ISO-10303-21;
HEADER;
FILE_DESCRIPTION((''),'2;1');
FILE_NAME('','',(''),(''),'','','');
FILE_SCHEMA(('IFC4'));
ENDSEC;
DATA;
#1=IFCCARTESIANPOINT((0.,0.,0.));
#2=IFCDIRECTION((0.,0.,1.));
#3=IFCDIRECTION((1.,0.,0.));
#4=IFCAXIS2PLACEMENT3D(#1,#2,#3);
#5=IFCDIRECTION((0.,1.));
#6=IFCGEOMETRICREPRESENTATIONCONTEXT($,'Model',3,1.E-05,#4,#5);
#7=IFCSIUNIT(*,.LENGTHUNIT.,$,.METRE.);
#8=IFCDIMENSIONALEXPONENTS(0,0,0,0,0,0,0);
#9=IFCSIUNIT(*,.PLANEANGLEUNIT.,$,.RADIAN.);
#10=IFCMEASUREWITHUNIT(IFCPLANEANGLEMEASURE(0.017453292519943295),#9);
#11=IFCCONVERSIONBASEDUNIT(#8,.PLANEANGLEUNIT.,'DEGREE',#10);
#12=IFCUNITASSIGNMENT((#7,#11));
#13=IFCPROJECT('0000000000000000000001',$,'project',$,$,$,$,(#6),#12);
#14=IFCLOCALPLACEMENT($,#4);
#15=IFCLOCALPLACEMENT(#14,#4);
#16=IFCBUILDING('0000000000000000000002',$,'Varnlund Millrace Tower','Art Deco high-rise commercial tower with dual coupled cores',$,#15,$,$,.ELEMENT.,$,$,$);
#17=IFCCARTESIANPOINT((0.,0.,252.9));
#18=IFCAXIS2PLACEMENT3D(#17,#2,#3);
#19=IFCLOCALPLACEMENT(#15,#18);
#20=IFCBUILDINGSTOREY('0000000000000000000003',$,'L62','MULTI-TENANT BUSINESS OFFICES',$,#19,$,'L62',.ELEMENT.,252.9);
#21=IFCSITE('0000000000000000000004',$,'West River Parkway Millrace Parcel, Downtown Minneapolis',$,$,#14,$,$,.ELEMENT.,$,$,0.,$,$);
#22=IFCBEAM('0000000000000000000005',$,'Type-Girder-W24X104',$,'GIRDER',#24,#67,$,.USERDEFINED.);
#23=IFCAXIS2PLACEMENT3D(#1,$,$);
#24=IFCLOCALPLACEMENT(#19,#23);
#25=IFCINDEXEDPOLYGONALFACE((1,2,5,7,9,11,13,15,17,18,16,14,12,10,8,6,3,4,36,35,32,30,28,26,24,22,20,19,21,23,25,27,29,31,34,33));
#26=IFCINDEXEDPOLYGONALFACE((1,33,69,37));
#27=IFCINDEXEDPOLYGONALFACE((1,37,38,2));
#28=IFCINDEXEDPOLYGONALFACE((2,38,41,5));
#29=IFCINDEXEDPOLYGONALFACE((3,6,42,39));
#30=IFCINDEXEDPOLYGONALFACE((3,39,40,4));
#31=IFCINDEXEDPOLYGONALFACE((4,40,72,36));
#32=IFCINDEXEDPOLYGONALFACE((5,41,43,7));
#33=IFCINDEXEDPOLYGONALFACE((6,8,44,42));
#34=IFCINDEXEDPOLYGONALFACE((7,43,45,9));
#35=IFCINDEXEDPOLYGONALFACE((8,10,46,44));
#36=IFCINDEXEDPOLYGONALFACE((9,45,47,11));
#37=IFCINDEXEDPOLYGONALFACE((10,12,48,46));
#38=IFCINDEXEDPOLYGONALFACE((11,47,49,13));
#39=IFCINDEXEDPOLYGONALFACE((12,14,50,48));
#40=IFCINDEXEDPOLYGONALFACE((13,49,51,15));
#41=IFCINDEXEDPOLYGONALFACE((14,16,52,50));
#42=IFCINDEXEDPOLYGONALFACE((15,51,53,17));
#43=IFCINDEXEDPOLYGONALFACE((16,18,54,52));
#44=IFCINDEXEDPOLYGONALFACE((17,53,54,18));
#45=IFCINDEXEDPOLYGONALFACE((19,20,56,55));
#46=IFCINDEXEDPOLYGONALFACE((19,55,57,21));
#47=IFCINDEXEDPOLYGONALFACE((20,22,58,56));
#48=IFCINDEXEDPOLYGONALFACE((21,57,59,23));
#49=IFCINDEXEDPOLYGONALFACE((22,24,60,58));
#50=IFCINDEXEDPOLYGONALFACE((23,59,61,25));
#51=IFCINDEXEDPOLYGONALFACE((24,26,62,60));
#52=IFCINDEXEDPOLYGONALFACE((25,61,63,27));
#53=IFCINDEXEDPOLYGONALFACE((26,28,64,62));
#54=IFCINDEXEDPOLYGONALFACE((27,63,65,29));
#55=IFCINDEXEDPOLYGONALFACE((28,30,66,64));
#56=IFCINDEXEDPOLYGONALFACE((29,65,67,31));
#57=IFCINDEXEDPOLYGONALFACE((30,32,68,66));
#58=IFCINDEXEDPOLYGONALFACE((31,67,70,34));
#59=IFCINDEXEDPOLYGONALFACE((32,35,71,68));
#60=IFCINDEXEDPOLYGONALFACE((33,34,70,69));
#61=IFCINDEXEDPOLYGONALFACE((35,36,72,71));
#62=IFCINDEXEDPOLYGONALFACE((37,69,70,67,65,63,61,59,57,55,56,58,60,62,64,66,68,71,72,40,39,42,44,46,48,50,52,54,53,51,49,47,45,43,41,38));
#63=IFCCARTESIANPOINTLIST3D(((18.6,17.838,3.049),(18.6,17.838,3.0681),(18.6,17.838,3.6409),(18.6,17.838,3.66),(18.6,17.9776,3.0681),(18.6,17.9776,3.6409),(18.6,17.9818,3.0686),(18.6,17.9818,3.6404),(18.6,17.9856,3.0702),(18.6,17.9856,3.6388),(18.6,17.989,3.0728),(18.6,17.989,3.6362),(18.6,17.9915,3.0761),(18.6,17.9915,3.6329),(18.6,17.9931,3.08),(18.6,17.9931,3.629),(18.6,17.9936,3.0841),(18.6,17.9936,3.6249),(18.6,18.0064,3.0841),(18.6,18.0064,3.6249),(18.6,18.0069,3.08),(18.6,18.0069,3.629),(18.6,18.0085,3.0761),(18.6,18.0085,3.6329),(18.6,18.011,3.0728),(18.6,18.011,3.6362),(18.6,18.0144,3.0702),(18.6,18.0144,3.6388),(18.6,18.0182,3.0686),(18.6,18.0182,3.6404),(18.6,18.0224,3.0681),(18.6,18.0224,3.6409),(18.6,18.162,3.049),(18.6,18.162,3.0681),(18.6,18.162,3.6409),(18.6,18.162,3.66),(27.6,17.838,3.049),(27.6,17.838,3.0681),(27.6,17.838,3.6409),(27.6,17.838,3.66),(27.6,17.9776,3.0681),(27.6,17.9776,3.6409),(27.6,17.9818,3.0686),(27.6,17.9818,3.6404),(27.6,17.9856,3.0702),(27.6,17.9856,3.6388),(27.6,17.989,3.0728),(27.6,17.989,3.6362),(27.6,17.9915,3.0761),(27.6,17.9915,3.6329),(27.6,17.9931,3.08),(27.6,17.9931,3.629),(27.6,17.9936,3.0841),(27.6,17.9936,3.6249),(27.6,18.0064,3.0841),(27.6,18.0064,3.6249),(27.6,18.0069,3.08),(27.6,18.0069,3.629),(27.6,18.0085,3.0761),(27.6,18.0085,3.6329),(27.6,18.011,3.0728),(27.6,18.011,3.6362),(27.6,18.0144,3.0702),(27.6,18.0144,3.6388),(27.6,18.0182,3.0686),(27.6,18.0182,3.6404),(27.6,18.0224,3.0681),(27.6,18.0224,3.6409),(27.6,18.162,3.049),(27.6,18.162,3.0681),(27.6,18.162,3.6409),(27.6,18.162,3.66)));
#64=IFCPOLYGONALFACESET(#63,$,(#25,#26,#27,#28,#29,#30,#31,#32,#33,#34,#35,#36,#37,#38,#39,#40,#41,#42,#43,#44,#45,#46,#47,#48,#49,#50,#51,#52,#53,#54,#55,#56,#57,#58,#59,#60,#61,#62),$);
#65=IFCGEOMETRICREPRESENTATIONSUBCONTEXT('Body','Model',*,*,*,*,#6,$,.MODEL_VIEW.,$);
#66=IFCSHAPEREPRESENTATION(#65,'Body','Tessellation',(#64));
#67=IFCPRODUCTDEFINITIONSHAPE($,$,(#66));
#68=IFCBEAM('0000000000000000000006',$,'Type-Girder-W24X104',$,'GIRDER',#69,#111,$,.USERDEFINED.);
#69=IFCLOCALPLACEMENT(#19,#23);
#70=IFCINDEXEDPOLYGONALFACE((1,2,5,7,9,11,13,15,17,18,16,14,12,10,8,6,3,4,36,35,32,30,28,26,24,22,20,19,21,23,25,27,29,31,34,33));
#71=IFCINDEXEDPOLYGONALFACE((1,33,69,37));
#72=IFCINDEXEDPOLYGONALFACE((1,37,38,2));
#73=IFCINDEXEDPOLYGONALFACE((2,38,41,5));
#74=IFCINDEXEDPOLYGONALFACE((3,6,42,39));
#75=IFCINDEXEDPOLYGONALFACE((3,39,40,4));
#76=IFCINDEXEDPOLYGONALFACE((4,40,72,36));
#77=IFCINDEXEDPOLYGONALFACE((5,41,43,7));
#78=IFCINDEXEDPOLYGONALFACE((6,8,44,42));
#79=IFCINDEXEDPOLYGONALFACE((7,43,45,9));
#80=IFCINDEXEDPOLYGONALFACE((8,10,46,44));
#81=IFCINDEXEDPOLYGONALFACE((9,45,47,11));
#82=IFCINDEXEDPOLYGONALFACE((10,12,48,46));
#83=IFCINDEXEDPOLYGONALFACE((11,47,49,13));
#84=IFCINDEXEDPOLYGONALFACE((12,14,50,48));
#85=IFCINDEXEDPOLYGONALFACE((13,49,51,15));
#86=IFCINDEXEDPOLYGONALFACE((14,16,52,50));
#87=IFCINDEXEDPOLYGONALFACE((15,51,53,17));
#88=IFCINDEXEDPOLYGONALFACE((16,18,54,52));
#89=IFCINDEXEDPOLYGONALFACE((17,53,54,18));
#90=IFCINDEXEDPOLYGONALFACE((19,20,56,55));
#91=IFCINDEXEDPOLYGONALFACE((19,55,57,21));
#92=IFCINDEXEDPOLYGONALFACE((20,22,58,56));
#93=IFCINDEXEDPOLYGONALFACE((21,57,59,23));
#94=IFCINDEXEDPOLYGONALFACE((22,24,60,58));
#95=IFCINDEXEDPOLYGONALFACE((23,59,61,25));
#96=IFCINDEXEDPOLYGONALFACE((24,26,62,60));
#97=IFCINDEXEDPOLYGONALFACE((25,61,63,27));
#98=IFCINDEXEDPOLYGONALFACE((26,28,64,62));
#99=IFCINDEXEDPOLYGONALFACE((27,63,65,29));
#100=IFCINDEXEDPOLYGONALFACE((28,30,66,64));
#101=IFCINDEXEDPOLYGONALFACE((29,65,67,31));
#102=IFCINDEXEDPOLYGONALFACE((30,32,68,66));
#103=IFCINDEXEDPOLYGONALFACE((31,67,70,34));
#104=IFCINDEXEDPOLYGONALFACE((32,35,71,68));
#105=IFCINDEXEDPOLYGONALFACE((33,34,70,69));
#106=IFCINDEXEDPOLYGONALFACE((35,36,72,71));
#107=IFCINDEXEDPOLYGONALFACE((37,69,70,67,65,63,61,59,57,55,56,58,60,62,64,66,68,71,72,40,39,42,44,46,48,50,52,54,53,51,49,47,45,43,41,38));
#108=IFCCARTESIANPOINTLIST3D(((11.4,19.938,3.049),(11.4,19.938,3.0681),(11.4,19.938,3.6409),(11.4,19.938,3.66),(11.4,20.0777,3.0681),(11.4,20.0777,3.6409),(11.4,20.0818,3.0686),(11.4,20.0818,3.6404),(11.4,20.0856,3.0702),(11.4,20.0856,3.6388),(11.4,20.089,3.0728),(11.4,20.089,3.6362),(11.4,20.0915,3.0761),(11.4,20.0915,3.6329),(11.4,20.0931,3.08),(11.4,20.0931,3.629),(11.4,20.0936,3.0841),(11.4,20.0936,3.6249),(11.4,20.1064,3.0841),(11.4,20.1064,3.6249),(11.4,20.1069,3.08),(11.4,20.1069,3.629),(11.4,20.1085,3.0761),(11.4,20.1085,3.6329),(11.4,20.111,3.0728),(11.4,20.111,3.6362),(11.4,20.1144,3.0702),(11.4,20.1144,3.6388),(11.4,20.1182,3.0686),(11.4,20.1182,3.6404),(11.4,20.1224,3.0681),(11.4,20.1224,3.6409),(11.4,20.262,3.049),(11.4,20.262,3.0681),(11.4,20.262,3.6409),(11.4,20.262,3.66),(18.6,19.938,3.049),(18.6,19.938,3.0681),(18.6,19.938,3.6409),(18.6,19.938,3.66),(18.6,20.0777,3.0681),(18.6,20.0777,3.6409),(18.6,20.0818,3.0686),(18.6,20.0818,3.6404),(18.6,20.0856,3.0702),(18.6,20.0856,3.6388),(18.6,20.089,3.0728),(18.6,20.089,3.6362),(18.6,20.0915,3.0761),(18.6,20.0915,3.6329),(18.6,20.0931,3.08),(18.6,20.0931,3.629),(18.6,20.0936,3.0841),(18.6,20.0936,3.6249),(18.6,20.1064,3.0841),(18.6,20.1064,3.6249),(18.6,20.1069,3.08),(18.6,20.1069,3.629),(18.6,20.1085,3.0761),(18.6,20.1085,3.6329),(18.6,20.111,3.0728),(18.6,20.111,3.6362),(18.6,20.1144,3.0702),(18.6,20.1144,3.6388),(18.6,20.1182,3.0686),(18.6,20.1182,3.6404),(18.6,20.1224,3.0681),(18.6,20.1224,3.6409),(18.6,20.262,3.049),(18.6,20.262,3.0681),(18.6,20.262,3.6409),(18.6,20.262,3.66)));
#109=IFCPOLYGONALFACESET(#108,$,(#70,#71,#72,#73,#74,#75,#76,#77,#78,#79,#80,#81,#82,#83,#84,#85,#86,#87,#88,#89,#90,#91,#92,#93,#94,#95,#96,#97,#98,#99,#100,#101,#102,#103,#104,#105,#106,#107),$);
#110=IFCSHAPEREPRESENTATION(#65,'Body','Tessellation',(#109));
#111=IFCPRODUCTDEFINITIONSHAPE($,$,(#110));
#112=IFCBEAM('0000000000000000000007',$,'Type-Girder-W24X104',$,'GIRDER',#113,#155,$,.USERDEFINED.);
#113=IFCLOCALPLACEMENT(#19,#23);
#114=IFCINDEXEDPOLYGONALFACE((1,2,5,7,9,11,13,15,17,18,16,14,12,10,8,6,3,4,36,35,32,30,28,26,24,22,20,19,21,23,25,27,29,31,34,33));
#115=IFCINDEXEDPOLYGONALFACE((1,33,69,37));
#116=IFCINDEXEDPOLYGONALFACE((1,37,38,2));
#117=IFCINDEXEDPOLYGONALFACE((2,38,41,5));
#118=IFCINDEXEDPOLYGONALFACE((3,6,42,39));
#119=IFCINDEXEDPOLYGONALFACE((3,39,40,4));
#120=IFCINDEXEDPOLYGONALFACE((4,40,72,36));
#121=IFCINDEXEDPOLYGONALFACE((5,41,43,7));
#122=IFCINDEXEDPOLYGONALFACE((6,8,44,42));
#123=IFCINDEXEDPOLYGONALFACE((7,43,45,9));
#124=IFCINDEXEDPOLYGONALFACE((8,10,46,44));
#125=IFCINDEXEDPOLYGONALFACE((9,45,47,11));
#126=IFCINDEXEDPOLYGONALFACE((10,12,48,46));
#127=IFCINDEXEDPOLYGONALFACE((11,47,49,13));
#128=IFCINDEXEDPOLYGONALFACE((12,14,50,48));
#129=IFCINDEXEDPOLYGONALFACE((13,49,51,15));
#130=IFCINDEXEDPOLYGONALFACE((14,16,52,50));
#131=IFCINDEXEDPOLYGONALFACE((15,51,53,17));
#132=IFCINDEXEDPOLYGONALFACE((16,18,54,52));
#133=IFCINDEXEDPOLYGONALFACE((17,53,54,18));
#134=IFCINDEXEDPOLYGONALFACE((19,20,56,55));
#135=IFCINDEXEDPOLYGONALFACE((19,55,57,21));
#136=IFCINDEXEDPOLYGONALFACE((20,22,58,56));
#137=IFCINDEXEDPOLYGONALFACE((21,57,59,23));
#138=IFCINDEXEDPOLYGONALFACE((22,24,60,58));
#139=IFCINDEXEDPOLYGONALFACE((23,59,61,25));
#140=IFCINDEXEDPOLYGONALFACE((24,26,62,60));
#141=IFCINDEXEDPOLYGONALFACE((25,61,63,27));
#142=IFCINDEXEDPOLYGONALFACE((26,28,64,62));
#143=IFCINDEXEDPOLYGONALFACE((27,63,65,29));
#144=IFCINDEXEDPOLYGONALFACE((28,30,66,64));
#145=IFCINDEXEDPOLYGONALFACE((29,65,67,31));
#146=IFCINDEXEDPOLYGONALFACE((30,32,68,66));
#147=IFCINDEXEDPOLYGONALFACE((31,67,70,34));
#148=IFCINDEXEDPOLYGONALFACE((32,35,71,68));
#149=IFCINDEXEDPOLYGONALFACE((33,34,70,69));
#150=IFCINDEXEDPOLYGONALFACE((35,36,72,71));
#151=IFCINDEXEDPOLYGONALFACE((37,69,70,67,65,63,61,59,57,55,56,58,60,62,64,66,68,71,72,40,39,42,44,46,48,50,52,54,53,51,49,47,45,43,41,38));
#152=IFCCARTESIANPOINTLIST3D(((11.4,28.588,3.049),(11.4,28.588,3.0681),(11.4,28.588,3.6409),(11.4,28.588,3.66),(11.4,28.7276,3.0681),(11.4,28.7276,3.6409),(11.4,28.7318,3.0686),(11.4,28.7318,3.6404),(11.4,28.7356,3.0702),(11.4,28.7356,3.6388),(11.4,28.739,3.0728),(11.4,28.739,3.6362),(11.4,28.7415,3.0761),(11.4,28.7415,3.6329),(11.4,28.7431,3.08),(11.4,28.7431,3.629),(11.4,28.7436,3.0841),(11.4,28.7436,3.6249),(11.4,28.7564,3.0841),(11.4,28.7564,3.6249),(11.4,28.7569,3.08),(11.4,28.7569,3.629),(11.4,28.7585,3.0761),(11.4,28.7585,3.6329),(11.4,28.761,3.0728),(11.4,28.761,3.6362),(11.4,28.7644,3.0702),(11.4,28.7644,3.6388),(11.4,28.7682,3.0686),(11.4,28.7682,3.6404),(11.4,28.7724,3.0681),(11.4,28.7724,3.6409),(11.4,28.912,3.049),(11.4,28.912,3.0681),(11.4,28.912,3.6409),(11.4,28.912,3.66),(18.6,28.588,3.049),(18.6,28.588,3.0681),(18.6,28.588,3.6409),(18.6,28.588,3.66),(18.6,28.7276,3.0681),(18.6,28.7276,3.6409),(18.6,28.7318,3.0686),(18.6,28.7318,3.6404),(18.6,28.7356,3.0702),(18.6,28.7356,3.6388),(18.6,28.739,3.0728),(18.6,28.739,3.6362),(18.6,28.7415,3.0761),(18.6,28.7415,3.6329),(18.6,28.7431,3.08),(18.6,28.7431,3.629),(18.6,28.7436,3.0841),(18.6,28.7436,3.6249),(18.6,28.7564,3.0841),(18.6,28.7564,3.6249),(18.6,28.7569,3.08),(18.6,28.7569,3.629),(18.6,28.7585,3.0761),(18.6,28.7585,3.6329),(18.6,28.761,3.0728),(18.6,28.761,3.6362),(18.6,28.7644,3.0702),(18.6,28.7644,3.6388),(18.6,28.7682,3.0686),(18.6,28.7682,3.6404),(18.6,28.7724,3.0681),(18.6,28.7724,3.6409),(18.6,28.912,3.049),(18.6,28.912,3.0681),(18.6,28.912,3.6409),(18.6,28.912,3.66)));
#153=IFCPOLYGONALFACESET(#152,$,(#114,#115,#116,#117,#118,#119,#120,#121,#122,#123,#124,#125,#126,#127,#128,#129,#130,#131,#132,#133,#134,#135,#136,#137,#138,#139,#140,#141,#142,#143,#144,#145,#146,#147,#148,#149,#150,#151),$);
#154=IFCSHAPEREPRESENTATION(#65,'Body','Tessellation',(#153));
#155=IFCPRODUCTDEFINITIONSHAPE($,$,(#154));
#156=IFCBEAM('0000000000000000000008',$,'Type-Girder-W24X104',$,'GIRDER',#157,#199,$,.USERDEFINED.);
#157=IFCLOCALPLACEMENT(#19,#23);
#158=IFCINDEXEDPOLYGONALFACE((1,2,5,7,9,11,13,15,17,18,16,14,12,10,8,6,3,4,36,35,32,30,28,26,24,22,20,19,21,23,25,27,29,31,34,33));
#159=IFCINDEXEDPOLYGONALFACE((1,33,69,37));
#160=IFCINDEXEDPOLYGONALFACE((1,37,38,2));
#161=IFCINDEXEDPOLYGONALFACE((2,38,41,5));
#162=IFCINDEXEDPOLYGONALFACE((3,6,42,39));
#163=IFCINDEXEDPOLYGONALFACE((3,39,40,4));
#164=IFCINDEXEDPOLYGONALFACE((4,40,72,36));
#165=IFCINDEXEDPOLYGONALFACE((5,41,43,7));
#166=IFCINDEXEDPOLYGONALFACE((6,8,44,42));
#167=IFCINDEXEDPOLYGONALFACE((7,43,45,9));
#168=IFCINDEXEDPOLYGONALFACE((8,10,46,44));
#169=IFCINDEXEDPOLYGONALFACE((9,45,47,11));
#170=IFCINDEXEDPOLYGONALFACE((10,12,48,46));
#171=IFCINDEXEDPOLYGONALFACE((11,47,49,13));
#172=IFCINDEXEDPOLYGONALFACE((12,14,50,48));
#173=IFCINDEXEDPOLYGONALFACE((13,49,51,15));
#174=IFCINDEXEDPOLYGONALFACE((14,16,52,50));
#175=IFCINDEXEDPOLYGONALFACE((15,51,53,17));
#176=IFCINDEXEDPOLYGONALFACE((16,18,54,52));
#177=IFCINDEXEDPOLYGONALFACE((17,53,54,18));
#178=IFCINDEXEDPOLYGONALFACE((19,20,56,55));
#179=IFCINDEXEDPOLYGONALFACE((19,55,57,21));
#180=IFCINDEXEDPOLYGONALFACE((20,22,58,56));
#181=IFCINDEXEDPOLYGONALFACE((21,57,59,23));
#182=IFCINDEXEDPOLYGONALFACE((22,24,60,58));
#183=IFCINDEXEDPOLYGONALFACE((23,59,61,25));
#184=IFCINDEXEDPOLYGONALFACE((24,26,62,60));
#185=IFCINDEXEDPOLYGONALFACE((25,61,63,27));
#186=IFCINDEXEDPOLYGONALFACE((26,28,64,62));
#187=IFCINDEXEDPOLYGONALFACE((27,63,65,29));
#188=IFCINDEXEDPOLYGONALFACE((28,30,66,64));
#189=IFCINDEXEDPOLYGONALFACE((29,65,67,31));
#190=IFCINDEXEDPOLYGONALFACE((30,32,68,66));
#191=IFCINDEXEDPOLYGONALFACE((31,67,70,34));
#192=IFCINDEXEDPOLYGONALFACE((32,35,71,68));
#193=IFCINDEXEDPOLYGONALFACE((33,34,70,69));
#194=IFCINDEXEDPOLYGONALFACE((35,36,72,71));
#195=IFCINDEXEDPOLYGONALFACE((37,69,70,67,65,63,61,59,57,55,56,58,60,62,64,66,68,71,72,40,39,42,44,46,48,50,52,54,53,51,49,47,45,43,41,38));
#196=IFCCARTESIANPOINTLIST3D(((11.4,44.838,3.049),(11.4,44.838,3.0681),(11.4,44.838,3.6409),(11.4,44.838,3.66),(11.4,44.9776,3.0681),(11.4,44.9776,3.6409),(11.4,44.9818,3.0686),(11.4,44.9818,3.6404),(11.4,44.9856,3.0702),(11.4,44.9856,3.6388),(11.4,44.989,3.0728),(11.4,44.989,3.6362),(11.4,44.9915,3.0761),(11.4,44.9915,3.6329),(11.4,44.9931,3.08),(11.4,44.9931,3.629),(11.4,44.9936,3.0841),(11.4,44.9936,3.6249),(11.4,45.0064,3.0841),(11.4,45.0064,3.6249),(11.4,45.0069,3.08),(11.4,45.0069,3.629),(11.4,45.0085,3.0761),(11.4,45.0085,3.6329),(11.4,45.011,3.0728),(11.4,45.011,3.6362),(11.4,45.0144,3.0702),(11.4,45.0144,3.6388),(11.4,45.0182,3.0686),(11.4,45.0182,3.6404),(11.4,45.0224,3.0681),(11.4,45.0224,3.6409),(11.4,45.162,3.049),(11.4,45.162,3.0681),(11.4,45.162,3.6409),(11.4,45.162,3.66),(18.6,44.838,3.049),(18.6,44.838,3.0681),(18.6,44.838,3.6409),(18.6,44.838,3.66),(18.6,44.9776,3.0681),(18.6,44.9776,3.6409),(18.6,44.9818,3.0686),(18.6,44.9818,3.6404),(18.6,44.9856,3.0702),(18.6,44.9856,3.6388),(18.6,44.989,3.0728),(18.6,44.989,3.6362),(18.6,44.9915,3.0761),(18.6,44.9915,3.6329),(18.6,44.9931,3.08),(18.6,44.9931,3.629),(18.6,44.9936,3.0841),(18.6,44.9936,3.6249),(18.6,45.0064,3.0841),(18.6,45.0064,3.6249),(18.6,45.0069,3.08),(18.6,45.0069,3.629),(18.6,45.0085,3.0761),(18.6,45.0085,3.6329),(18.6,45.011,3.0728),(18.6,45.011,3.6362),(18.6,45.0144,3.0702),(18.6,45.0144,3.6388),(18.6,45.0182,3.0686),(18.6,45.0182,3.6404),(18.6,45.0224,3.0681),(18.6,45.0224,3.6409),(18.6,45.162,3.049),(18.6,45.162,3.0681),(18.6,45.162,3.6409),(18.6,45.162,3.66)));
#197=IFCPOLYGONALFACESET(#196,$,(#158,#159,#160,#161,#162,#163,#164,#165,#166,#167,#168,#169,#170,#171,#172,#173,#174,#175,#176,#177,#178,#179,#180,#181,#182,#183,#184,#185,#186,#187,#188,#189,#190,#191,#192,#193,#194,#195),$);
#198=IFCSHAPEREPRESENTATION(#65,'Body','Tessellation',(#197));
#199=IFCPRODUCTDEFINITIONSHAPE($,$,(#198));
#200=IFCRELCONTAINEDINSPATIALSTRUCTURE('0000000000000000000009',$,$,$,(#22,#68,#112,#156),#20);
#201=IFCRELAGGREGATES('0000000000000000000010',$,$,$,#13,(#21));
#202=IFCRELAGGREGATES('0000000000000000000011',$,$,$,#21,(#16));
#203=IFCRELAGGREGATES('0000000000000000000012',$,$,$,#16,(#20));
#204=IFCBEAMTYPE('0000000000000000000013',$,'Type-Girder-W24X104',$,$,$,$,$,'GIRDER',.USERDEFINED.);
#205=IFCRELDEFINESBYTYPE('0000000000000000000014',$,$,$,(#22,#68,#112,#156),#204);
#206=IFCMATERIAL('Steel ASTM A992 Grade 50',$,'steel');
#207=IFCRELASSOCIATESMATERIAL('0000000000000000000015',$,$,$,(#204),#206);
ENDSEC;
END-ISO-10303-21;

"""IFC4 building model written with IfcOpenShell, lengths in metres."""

from ifc_helpers import new_model, entity, si_unit, converted_unit, direction, frame, origin_with_axes, origin_2d_with_axis, place, context, subcontext, project, spatial, i_section, extrude, material, material_profile, profile_set, type_object, element, save


model = new_model("IFC4")

# Units and contexts
model_context = context("Model", 3, precision=1e-05, world=origin_with_axes(), true_north=direction((0.0, 1.0)))
body_context = subcontext(model_context, "Body", "Model", "MODEL_VIEW")
ifc_project = project(units=[si_unit("LENGTHUNIT", "METRE"), converted_unit("PLANEANGLEUNIT", "DEGREE", entity("IfcPlaneAngleMeasure", 0.017453292519943295), si_unit("PLANEANGLEUNIT", "RADIAN"), dimensions=[0, 0, 0, 0, 0, 0, 0])], contexts=[model_context])

# Site, building, storey
site_placement = place(None, origin_with_axes())
site = spatial("IfcSite", under=ifc_project, at=site_placement, Name="West River Parkway Millrace Parcel, Downtown Minneapolis", CompositionType="ELEMENT", RefElevation=0.0)
building_placement = place(site_placement, origin_with_axes())
building = spatial("IfcBuilding", under=site, at=building_placement, Name="Varnlund Millrace Tower", Description="Art Deco high-rise commercial tower with dual coupled cores", CompositionType="ELEMENT")
storey_placement = place(building_placement, frame((0.0, 0.0, 252.9), z_axis=(0.0, 0.0, 1.0), x_axis=(1.0, 0.0, 0.0)))
storey = spatial("IfcBuildingStorey", under=building, at=storey_placement, Name="L62", Description="MULTI-TENANT BUSINESS OFFICES", LongName="L62", CompositionType="ELEMENT", Elevation=252.9)

# Beams
ifc_material_1 = material(Name="Steel ASTM A992 Grade 50", Category="steel")
ifc_material_profile_1 = material_profile(ifc_material_1, i_section(OverallWidth=0.324, OverallDepth=0.611, WebThickness=0.0127, FlangeThickness=0.0191, FilletRadius=0.016, at=origin_2d_with_axis()), Name="Steel ASTM A992 Grade 50")
ifc_profile_set_1 = profile_set([ifc_material_profile_1], Name="Steel ASTM A992 Grade 50")
beam_type_1 = type_object("IfcBeamType", Name="Type-Girder-W24X104", ElementType="GIRDER", PredefinedType="USERDEFINED", material=ifc_profile_set_1)
beam_1_placement = place(storey_placement, frame((18.6, 18.0, 3.3545), z_axis=(1.0, 0.0, 0.0), x_axis=(0.0, 1.0, 0.0)))
element("IfcBeam", 1, at=beam_1_placement, inside=storey, type_object=beam_type_1, Name="Type-Girder-W24X104", ObjectType="GIRDER", PredefinedType="USERDEFINED", context=body_context, shape_type="SweptSolid", body=[
    extrude(i_section(OverallWidth=0.324, OverallDepth=0.611, WebThickness=0.0127, FlangeThickness=0.0191, FilletRadius=0.016, at=origin_2d_with_axis()), origin_with_axes(), (0.0, 0.0, 1.0), 9.0),
])
for number, where, z_axis, x_axis, name in (
    (2, (11.4, 20.1, 3.3545), (1.0, 0.0, 0.0), (0.0, 1.0, 0.0), "Type-Girder-W24X104"),
    (3, (11.4, 28.75, 3.3545), (1.0, 0.0, 0.0), (0.0, 1.0, 0.0), "Type-Girder-W24X104"),
    (4, (11.4, 45.0, 3.3545), (1.0, 0.0, 0.0), (0.0, 1.0, 0.0), "Type-Girder-W24X104"),
):
    element("IfcBeam", number, at=place(storey_placement, frame(where, z_axis=z_axis, x_axis=x_axis)), inside=storey, type_object=beam_type_1, Name=name, ObjectType="GIRDER", PredefinedType="USERDEFINED", context=body_context, shape_type="SweptSolid", body=[
        extrude(i_section(OverallWidth=0.324, OverallDepth=0.611, WebThickness=0.0127, FlangeThickness=0.0191, FilletRadius=0.016, at=origin_2d_with_axis()), origin_with_axes(), (0.0, 0.0, 1.0), 7.2),
    ])

save(model, "model.ifc")
